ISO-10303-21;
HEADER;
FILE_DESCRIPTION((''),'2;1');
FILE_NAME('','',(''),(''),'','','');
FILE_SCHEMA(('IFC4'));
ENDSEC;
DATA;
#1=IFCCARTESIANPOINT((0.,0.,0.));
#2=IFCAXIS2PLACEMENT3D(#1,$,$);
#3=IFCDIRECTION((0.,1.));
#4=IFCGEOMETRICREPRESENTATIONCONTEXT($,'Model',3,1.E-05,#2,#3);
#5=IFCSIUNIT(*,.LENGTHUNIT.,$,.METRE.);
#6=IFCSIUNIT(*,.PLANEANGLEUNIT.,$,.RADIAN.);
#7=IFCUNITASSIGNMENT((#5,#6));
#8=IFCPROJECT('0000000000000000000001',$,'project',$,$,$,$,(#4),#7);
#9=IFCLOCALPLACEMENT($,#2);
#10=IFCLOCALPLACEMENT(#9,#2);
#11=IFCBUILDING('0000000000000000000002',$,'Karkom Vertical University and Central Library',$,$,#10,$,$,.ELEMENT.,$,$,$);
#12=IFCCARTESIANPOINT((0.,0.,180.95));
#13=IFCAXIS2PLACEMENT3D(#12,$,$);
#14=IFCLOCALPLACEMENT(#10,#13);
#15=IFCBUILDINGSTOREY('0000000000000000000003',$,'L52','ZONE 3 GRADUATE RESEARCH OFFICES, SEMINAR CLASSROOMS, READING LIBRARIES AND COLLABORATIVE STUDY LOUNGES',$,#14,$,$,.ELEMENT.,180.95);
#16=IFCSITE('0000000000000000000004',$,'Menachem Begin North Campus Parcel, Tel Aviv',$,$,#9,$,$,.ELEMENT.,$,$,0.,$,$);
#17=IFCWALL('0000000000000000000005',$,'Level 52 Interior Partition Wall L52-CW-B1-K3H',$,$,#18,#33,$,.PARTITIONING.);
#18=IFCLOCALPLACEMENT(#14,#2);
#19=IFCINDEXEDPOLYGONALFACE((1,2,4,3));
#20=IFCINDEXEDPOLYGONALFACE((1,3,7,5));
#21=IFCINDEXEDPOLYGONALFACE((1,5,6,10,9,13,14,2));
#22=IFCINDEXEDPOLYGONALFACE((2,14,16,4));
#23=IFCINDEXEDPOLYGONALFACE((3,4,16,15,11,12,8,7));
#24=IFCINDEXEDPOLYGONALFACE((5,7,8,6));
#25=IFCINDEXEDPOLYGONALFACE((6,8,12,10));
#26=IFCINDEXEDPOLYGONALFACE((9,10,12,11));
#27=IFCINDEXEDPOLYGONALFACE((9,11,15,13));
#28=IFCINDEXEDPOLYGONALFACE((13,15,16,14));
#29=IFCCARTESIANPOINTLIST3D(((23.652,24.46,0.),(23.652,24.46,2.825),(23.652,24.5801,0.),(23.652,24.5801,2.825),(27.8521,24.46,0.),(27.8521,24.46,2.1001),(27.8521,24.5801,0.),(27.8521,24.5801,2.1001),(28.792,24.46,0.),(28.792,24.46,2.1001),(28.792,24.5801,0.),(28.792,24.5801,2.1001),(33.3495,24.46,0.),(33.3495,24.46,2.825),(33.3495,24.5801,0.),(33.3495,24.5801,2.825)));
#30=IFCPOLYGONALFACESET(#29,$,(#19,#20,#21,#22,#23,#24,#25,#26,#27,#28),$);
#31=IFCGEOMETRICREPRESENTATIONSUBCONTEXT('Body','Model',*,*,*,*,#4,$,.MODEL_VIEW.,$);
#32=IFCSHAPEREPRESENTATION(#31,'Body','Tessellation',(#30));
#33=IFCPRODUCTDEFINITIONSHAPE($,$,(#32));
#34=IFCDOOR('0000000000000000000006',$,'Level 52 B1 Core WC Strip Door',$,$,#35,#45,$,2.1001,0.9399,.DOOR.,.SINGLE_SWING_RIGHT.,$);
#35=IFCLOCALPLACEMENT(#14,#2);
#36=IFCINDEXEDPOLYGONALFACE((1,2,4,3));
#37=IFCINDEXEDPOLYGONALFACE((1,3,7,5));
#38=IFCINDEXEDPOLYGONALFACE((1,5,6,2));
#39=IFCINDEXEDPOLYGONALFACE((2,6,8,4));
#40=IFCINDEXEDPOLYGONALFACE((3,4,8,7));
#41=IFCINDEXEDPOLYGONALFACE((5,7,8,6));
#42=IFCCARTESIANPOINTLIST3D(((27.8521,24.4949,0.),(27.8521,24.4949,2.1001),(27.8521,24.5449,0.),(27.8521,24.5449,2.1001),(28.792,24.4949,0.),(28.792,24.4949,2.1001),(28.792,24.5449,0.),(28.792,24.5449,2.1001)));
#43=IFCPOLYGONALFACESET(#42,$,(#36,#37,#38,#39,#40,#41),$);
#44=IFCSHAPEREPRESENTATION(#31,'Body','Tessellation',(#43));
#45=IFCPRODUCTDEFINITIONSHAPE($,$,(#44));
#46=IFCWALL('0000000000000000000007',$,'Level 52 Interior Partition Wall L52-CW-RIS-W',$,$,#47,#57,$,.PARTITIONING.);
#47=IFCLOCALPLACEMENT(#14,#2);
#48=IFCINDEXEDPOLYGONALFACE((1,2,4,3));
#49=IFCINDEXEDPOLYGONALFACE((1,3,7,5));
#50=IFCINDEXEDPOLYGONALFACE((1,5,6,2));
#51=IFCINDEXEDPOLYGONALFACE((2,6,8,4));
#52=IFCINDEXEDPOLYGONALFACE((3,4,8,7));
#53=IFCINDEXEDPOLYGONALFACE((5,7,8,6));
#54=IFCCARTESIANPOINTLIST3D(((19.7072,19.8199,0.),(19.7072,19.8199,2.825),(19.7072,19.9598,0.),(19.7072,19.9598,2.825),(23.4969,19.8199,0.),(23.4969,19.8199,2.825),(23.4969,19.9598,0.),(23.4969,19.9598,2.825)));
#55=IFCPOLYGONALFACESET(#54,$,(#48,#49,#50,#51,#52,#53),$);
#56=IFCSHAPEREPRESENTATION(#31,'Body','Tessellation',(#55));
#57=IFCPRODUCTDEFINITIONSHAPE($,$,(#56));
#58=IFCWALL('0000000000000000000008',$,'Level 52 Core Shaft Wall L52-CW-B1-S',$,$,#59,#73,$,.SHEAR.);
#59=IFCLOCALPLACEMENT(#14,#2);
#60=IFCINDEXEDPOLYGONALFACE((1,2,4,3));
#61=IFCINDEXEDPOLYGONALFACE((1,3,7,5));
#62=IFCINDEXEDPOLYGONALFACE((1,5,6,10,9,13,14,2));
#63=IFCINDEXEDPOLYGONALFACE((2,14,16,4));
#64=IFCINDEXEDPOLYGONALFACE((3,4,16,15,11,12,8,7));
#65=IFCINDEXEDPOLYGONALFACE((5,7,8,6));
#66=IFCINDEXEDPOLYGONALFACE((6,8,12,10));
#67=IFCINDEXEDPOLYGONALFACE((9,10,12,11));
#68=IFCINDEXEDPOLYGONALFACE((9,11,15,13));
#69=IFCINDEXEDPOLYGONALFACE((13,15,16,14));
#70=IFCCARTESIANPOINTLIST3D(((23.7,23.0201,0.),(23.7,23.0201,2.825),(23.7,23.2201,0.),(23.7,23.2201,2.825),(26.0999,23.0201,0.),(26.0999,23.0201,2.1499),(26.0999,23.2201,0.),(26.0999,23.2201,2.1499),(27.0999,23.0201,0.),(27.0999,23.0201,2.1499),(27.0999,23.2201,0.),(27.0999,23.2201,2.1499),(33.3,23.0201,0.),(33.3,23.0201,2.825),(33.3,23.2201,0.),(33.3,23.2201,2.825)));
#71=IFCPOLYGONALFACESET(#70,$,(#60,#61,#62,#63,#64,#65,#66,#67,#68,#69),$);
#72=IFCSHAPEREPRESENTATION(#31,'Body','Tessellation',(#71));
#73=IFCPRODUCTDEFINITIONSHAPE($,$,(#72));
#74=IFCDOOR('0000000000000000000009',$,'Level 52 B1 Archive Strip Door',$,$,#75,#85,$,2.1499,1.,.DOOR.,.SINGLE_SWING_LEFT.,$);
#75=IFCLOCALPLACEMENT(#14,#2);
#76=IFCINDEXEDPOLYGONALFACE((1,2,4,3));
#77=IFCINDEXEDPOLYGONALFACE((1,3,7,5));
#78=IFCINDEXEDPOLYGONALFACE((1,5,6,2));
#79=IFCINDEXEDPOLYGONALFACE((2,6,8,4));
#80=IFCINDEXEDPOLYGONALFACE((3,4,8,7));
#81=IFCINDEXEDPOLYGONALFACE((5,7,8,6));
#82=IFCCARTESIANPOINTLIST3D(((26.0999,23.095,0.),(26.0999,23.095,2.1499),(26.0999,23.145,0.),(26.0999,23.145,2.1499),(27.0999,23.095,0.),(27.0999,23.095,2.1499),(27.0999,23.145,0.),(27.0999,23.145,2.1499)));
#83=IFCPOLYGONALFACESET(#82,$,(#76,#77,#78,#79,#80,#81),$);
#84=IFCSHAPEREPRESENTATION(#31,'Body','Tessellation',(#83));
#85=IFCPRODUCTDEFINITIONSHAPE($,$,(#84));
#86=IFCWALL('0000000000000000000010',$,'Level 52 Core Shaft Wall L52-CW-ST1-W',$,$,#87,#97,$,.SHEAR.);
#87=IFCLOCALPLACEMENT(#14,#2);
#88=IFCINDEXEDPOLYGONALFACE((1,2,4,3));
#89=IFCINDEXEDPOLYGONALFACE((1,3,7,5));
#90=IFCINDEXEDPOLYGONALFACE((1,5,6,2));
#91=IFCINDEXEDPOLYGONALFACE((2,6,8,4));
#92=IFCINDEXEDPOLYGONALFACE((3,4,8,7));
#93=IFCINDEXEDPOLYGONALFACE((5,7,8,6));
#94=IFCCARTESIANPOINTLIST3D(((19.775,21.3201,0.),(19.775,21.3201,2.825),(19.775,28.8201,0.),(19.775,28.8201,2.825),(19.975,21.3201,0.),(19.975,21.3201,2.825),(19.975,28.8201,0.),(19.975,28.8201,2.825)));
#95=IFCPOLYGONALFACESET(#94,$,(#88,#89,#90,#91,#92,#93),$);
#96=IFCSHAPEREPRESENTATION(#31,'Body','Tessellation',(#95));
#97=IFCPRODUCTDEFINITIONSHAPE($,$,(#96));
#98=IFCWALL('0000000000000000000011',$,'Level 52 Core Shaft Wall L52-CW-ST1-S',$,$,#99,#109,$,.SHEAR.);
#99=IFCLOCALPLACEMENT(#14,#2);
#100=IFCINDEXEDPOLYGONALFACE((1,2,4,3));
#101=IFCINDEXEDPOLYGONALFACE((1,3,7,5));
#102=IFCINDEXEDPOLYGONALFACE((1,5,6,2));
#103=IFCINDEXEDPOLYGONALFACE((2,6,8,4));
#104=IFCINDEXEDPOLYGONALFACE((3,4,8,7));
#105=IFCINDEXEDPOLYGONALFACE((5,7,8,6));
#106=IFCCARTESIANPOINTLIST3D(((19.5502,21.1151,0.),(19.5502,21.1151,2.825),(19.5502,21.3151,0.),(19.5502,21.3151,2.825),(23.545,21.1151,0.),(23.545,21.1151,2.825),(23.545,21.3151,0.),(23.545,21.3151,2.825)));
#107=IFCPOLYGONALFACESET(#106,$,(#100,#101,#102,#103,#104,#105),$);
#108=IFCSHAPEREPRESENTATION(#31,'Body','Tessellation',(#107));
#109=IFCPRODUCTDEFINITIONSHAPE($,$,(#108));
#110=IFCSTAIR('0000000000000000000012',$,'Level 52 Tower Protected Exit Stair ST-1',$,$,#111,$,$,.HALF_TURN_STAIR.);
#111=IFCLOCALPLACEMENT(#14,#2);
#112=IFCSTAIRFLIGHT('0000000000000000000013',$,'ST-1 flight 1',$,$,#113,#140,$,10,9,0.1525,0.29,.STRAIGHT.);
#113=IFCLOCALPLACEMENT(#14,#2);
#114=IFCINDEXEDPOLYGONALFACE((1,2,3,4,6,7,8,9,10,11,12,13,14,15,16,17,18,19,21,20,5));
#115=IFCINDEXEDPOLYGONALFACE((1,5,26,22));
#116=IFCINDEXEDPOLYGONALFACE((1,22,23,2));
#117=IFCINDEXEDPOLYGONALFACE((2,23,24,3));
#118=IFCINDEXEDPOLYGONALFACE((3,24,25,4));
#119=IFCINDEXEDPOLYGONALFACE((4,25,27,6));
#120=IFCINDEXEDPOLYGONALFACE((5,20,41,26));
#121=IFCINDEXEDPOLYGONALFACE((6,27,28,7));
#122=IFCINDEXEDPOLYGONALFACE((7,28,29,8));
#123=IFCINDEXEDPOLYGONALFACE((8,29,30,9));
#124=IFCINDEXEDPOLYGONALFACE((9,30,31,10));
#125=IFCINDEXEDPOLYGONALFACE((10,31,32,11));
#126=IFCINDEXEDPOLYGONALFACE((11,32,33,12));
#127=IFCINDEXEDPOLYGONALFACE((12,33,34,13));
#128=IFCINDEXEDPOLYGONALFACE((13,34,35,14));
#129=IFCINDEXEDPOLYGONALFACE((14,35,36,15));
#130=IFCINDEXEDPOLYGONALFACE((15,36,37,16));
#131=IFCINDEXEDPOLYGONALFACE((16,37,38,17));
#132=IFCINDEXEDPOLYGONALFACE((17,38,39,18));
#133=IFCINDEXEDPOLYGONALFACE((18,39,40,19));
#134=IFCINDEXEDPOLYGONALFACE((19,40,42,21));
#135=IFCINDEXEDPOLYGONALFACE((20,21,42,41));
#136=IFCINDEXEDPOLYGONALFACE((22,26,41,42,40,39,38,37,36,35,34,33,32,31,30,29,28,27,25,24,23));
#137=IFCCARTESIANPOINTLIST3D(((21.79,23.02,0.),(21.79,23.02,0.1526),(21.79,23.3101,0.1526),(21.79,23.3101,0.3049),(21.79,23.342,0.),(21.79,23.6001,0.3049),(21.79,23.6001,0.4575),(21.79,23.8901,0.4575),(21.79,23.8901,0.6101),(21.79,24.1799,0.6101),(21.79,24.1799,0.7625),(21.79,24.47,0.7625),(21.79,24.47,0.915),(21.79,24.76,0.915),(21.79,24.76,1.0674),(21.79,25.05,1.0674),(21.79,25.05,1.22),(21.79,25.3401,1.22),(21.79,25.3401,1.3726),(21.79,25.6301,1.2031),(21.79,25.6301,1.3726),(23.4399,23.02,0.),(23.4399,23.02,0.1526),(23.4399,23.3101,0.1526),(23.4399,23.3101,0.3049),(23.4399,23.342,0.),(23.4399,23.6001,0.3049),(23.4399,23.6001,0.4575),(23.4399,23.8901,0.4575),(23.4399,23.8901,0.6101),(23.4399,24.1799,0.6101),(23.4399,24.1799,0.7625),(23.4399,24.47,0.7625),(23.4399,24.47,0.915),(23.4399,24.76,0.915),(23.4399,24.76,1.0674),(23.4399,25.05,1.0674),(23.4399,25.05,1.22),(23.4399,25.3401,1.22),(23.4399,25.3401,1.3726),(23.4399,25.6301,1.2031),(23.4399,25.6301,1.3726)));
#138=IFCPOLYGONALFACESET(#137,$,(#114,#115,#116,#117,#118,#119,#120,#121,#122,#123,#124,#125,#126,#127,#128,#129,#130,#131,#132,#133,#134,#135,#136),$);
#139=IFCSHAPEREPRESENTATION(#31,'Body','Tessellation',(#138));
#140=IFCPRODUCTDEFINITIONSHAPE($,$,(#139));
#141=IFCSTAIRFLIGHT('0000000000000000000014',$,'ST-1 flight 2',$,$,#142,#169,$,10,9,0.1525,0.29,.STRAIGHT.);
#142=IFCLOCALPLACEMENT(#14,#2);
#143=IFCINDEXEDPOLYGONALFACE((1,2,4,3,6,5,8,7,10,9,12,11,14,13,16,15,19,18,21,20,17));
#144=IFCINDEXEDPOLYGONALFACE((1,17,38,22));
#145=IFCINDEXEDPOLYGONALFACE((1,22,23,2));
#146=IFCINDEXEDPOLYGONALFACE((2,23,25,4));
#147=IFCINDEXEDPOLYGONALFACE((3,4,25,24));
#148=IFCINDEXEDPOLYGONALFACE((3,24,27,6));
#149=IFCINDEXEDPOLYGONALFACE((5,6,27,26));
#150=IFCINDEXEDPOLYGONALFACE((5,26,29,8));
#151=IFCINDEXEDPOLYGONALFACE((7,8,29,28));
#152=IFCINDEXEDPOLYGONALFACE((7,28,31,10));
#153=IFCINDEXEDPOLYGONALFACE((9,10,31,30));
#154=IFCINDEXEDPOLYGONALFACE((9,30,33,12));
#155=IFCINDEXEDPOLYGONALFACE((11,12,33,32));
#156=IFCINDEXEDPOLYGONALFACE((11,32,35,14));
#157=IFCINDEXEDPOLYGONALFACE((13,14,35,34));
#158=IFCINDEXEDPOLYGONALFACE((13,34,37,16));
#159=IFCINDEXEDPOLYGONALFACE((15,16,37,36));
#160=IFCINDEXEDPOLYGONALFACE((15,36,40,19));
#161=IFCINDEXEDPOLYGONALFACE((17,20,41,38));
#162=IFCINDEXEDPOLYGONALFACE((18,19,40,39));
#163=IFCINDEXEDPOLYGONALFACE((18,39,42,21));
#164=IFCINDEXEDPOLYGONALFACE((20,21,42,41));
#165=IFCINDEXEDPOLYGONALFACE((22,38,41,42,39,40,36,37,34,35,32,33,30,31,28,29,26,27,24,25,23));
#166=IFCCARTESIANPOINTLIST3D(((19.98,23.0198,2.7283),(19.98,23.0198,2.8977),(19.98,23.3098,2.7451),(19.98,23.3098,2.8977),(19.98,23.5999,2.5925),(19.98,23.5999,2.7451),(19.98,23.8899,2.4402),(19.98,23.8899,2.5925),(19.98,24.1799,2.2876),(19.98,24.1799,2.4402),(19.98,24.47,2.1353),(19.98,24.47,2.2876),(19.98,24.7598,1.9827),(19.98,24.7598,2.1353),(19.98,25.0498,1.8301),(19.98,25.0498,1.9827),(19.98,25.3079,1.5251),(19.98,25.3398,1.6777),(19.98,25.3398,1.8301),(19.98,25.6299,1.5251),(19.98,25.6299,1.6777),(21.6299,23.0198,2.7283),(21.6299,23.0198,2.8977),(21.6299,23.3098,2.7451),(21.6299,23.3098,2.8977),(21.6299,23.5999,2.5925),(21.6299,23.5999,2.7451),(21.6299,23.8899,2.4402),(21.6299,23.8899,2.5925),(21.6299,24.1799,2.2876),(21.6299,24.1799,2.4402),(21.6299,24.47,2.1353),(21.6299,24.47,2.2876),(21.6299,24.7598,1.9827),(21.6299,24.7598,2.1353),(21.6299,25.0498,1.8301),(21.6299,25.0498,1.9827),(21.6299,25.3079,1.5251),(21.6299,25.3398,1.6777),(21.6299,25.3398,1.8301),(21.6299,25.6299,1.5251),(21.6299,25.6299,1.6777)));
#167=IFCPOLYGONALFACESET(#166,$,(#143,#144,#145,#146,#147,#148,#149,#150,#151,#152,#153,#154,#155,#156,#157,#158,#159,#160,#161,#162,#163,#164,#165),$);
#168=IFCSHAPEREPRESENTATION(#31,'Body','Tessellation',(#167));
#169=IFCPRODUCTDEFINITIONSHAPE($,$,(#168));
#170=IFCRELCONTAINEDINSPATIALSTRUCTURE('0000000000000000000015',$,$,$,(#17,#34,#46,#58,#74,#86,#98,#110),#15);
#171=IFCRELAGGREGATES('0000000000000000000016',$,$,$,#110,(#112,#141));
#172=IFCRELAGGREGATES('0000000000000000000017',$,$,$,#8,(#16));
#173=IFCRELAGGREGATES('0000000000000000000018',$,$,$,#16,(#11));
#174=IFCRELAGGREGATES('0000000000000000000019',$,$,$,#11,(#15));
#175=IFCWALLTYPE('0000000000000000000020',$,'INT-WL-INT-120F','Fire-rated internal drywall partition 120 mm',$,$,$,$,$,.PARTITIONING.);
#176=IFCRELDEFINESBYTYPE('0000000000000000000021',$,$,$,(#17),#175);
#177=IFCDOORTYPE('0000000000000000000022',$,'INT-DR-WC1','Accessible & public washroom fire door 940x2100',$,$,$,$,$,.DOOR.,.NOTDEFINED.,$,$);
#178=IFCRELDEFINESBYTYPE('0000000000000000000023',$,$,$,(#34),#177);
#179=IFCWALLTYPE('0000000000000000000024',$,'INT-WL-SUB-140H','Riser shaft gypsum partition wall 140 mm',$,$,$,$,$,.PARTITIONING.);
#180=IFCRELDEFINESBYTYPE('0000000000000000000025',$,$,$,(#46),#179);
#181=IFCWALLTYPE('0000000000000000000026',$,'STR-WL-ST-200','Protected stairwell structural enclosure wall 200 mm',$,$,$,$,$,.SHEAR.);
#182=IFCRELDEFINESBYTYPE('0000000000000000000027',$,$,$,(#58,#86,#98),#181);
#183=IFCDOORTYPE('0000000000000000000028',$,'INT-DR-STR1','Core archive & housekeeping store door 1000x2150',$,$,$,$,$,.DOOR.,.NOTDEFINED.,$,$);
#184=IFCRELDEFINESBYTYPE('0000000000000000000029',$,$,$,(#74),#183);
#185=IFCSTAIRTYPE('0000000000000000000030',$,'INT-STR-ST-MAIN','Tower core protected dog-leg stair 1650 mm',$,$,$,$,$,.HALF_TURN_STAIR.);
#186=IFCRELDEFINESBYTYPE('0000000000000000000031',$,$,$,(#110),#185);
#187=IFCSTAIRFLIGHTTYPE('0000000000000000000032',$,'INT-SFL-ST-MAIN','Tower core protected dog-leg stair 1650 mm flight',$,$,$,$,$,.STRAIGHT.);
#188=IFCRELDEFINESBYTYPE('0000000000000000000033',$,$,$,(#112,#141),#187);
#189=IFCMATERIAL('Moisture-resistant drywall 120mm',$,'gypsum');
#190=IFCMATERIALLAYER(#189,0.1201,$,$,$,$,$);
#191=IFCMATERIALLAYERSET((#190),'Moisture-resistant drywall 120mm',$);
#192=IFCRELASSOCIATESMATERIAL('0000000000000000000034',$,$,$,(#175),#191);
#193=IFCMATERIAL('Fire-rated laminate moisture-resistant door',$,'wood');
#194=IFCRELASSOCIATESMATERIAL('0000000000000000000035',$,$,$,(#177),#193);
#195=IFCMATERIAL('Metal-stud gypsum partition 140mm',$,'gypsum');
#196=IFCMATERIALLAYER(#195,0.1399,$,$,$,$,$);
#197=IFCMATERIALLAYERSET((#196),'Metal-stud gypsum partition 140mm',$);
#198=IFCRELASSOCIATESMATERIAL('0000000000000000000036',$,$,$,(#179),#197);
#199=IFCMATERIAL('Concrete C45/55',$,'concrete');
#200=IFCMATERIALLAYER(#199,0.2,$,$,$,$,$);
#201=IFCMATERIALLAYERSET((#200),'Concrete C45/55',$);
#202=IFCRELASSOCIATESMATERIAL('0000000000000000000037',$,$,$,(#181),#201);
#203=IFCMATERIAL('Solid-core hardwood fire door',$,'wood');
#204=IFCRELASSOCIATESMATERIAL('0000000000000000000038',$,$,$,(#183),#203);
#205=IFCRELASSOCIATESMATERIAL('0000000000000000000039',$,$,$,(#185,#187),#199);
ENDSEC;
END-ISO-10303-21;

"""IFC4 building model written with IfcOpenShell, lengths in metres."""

from ifc_helpers import new_model, si_unit, direction, frame, frame_2d, origin, origin_with_axes, place, context, subcontext, project, spatial, polyline, rectangle, outline, extrude, source, transform, mapped, material, layer, layer_set, type_object, element, fill, aggregate, save


model = new_model("IFC4")

# Units and contexts
model_context = context("Model", 3, precision=1e-05, world=origin(), true_north=direction((0.0, 1.0)))
body_context = subcontext(model_context, "Body", "Model", "MODEL_VIEW")
ifc_project = project(units=[si_unit("LENGTHUNIT", "METRE"), si_unit("PLANEANGLEUNIT", "RADIAN")], contexts=[model_context])

# Site, building, storey
site_placement = place(None, origin())
site = spatial("IfcSite", under=ifc_project, at=site_placement, Name="Menachem Begin North Campus Parcel, Tel Aviv", CompositionType="ELEMENT", RefElevation=0.0)
building_placement = place(site_placement, origin())
building = spatial("IfcBuilding", under=site, at=building_placement, Name="Karkom Vertical University and Central Library", CompositionType="ELEMENT")
storey_placement = place(building_placement, frame((0.0, 0.0, 180.95)))
storey = spatial("IfcBuildingStorey", under=building, at=storey_placement, Name="L52", Description="ZONE 3 GRADUATE RESEARCH OFFICES, SEMINAR CLASSROOMS, READING LIBRARIES AND COLLABORATIVE STUDY LOUNGES", CompositionType="ELEMENT", Elevation=180.95)

# Wall, opening, door
ifc_material_1 = material(Name="Moisture-resistant drywall 120mm", Category="gypsum")
ifc_layer_1 = layer(ifc_material_1, 0.1201)
ifc_layer_set_1 = layer_set([ifc_layer_1], Name="Moisture-resistant drywall 120mm")
wall_type_1 = type_object("IfcWallType", Name="INT-WL-INT-120F", Description="Fire-rated internal drywall partition 120 mm", PredefinedType="PARTITIONING", material=ifc_layer_set_1)
wall_1_placement = place(storey_placement, frame((23.6521, 24.52, 0.0), z_axis=(0.0, 0.0, 1.0), x_axis=(1.0, 0.0, 0.0)))
wall_1 = element("IfcWall", 1, at=wall_1_placement, inside=storey, type_object=wall_type_1, Name="Level 52 Interior Partition Wall L52-CW-B1-K3H", PredefinedType="PARTITIONING", context=body_context, shape_type="SweptSolid", body=[
    extrude(rectangle(XDim=9.6975, YDim=0.1201, at=frame_2d((4.8486, 0.0))), origin(), (0.0, 0.0, 1.0), 2.825),
])
opening_1_placement = place(wall_1_placement, frame((4.2, 0.0, 0.0)))
opening_1 = element("IfcOpeningElement", 2, at=opening_1_placement, cuts=wall_1, PredefinedType="OPENING", context=body_context, shape_type="SweptSolid", body=[
    extrude(rectangle(XDim=0.9399, YDim=2.1001, at=frame_2d((0.47, 1.05))), frame((0.0, 0.0701, 0.0), z_axis=(0.0, -1.0, 0.0), x_axis=(1.0, 0.0, 0.0)), (0.0, 0.0, 1.0), 0.1401),
])
ifc_material_2 = material(Name="Fire-rated laminate moisture-resistant door", Category="wood")
door_type_1 = type_object("IfcDoorType", Name="INT-DR-WC1", Description="Accessible & public washroom fire door 940x2100", OperationType="NOTDEFINED", PredefinedType="DOOR", material=ifc_material_2)
shared_shape_1 = source(origin_with_axes(), body_context, "Body", "SweptSolid", [
    extrude(rectangle(XDim=0.9399, YDim=2.1001, at=frame_2d((0.47, 1.05))), frame((0.0, 0.0249, 0.0), z_axis=(0.0, -1.0, 0.0), x_axis=(1.0, 0.0, 0.0)), (0.0, 0.0, 1.0), 0.05),
])
door_1_placement = place(opening_1_placement, origin())
door_1 = element("IfcDoor", 3, at=door_1_placement, inside=storey, type_object=door_type_1, Name="Level 52 B1 Core WC Strip Door", OperationType="SINGLE_SWING_RIGHT", OverallHeight=2.1001, OverallWidth=0.9399, PredefinedType="DOOR", context=body_context, shape_type="MappedRepresentation", body=[
    mapped(shared_shape_1, transform((0.0, 0.0, 0.0), scale=1.0)),
])
fill(opening_1, door_1)

# Wall
ifc_material_3 = material(Name="Metal-stud gypsum partition 140mm", Category="gypsum")
ifc_layer_2 = layer(ifc_material_3, 0.1399)
ifc_layer_set_2 = layer_set([ifc_layer_2], Name="Metal-stud gypsum partition 140mm")
wall_type_2 = type_object("IfcWallType", Name="INT-WL-SUB-140H", Description="Riser shaft gypsum partition wall 140 mm", PredefinedType="PARTITIONING", material=ifc_layer_set_2)
wall_2_placement = place(storey_placement, frame((19.707, 19.8899, 0.0), z_axis=(0.0, 0.0, 1.0), x_axis=(1.0, 0.0, 0.0)))
element("IfcWall", 4, at=wall_2_placement, inside=storey, type_object=wall_type_2, Name="Level 52 Interior Partition Wall L52-CW-RIS-W", PredefinedType="PARTITIONING", context=body_context, shape_type="SweptSolid", body=[
    extrude(rectangle(XDim=3.7898, YDim=0.1399, at=frame_2d((1.895, 0.0))), origin(), (0.0, 0.0, 1.0), 2.825),
])

# Shared definitions
ifc_material_4 = material(Name="Concrete C45/55", Category="concrete")
ifc_layer_3 = layer(ifc_material_4, 0.2)
ifc_layer_set_3 = layer_set([ifc_layer_3], Name="Concrete C45/55")
wall_type_3 = type_object("IfcWallType", Name="STR-WL-ST-200", Description="Protected stairwell structural enclosure wall 200 mm", PredefinedType="SHEAR", material=ifc_layer_set_3)

# Wall, opening, door
wall_3_placement = place(storey_placement, frame((23.7, 23.1201, 0.0), z_axis=(0.0, 0.0, 1.0), x_axis=(1.0, 0.0, 0.0)))
wall_3 = element("IfcWall", 5, at=wall_3_placement, inside=storey, type_object=wall_type_3, Name="Level 52 Core Shaft Wall L52-CW-B1-S", PredefinedType="SHEAR", context=body_context, shape_type="SweptSolid", body=[
    extrude(rectangle(XDim=9.6001, YDim=0.2, at=frame_2d((4.8, 0.0))), origin(), (0.0, 0.0, 1.0), 2.825),
])
opening_2_placement = place(wall_3_placement, frame((2.3999, 0.0, 0.0)))
opening_2 = element("IfcOpeningElement", 6, at=opening_2_placement, cuts=wall_3, PredefinedType="OPENING", context=body_context, shape_type="SweptSolid", body=[
    extrude(rectangle(XDim=1.0, YDim=2.1499, at=frame_2d((0.5, 1.075))), frame((0.0, 0.1099, 0.0), z_axis=(0.0, -1.0, 0.0), x_axis=(1.0, 0.0, 0.0)), (0.0, 0.0, 1.0), 0.22),
])
ifc_material_5 = material(Name="Solid-core hardwood fire door", Category="wood")
door_type_2 = type_object("IfcDoorType", Name="INT-DR-STR1", Description="Core archive & housekeeping store door 1000x2150", OperationType="NOTDEFINED", PredefinedType="DOOR", material=ifc_material_5)
shared_shape_2 = source(origin_with_axes(), body_context, "Body", "SweptSolid", [
    extrude(rectangle(XDim=1.0, YDim=2.1499, at=frame_2d((0.5, 1.075))), frame((0.0, 0.0249, 0.0), z_axis=(0.0, -1.0, 0.0), x_axis=(1.0, 0.0, 0.0)), (0.0, 0.0, 1.0), 0.05),
])
door_2_placement = place(opening_2_placement, origin())
door_2 = element("IfcDoor", 7, at=door_2_placement, inside=storey, type_object=door_type_2, Name="Level 52 B1 Archive Strip Door", OperationType="SINGLE_SWING_LEFT", OverallHeight=2.1499, OverallWidth=1.0, PredefinedType="DOOR", context=body_context, shape_type="MappedRepresentation", body=[
    mapped(shared_shape_2, transform((0.0, 0.0, 0.0), scale=1.0)),
])
fill(opening_2, door_2)

# Walls
wall_4_placement = place(storey_placement, frame((19.875, 21.3201, 0.0), z_axis=(0.0, 0.0, 1.0), x_axis=(0.0, 1.0, 0.0)))
element("IfcWall", 8, at=wall_4_placement, inside=storey, type_object=wall_type_3, Name="Level 52 Core Shaft Wall L52-CW-ST1-W", PredefinedType="SHEAR", context=body_context, shape_type="SweptSolid", body=[
    extrude(rectangle(XDim=7.5, YDim=0.2, at=frame_2d((3.75, 0.0))), origin(), (0.0, 0.0, 1.0), 2.825),
])
wall_5_placement = place(storey_placement, frame((19.55, 21.2151, 0.0), z_axis=(0.0, 0.0, 1.0), x_axis=(1.0, 0.0, 0.0)))
element("IfcWall", 9, at=wall_5_placement, inside=storey, type_object=wall_type_3, Name="Level 52 Core Shaft Wall L52-CW-ST1-S", PredefinedType="SHEAR", context=body_context, shape_type="SweptSolid", body=[
    extrude(rectangle(XDim=3.9949, YDim=0.2, at=frame_2d((1.9976, 0.0))), origin(), (0.0, 0.0, 1.0), 2.825),
])

# Stair, stair flights
stair_type = type_object("IfcStairType", Name="INT-STR-ST-MAIN", Description="Tower core protected dog-leg stair 1650 mm", PredefinedType="HALF_TURN_STAIR", material=ifc_material_4)
stair_placement = place(storey_placement, origin())
stair = element("IfcStair", 10, at=stair_placement, inside=storey, type_object=stair_type, Name="Level 52 Tower Protected Exit Stair ST-1", PredefinedType="HALF_TURN_STAIR")
stair_flight_type = type_object("IfcStairFlightType", Name="INT-SFL-ST-MAIN", Description="Tower core protected dog-leg stair 1650 mm flight", PredefinedType="STRAIGHT", material=ifc_material_4)
stair_flight_1_placement = place(storey_placement, frame((22.615, 23.02, 0.0), z_axis=(0.0, 0.0, 1.0), x_axis=(0.0, 1.0, 0.0)))
stair_flight_1 = element("IfcStairFlight", 11, at=stair_flight_1_placement, type_object=stair_flight_type, Name="ST-1 flight 1", NumberOfRisers=10, NumberOfTreads=9, PredefinedType="STRAIGHT", RiserHeight=0.1525, TreadLength=0.29, context=body_context, shape_type="SweptSolid", body=[
    extrude(outline(polyline([(0.0, 0.0), (0.0, 0.1526), (0.29, 0.1526), (0.29, 0.3049), (0.5801, 0.3049), (0.5801, 0.4575), (0.8701, 0.4575), (0.8701, 0.6101), (1.1599, 0.6101), (1.1599, 0.7625), (1.45, 0.7625), (1.45, 0.915), (1.74, 0.915), (1.74, 1.0674), (2.03, 1.0674), (2.03, 1.22), (2.3201, 1.22), (2.3201, 1.3726), (2.6101, 1.3726), (2.6101, 1.5249), (2.6101, 1.2031), (0.322, 0.0), (0.0, 0.0)])), frame((0.0, 0.825, 0.0), z_axis=(0.0, -1.0, 0.0), x_axis=(1.0, 0.0, 0.0)), (0.0, 0.0, 1.0), 1.6499),
])
stair_flight_2_placement = place(storey_placement, frame((20.8049, 25.6299, 1.5251), z_axis=(0.0, 0.0, 1.0), x_axis=(0.0, -1.0, 0.0)))
stair_flight_2 = element("IfcStairFlight", 12, at=stair_flight_2_placement, type_object=stair_flight_type, Name="ST-1 flight 2", NumberOfRisers=10, NumberOfTreads=9, PredefinedType="STRAIGHT", RiserHeight=0.1525, TreadLength=0.29, context=body_context, shape_type="SweptSolid", body=[
    extrude(outline(polyline([(0.0, 0.0), (0.0, 0.1526), (0.29, 0.1526), (0.29, 0.3049), (0.5801, 0.3049), (0.5801, 0.4575), (0.8701, 0.4575), (0.8701, 0.6101), (1.1599, 0.6101), (1.1599, 0.7625), (1.45, 0.7625), (1.45, 0.915), (1.74, 0.915), (1.74, 1.0674), (2.03, 1.0674), (2.03, 1.22), (2.3201, 1.22), (2.3201, 1.3726), (2.6101, 1.3726), (2.6101, 1.5249), (2.6101, 1.2031), (0.322, 0.0), (0.0, 0.0)])), frame((0.0, 0.825, 0.0), z_axis=(0.0, -1.0, 0.0), x_axis=(1.0, 0.0, 0.0)), (0.0, 0.0, 1.0), 1.6499),
])
aggregate(stair, [stair_flight_1, stair_flight_2])

save(model, "model.ifc")
